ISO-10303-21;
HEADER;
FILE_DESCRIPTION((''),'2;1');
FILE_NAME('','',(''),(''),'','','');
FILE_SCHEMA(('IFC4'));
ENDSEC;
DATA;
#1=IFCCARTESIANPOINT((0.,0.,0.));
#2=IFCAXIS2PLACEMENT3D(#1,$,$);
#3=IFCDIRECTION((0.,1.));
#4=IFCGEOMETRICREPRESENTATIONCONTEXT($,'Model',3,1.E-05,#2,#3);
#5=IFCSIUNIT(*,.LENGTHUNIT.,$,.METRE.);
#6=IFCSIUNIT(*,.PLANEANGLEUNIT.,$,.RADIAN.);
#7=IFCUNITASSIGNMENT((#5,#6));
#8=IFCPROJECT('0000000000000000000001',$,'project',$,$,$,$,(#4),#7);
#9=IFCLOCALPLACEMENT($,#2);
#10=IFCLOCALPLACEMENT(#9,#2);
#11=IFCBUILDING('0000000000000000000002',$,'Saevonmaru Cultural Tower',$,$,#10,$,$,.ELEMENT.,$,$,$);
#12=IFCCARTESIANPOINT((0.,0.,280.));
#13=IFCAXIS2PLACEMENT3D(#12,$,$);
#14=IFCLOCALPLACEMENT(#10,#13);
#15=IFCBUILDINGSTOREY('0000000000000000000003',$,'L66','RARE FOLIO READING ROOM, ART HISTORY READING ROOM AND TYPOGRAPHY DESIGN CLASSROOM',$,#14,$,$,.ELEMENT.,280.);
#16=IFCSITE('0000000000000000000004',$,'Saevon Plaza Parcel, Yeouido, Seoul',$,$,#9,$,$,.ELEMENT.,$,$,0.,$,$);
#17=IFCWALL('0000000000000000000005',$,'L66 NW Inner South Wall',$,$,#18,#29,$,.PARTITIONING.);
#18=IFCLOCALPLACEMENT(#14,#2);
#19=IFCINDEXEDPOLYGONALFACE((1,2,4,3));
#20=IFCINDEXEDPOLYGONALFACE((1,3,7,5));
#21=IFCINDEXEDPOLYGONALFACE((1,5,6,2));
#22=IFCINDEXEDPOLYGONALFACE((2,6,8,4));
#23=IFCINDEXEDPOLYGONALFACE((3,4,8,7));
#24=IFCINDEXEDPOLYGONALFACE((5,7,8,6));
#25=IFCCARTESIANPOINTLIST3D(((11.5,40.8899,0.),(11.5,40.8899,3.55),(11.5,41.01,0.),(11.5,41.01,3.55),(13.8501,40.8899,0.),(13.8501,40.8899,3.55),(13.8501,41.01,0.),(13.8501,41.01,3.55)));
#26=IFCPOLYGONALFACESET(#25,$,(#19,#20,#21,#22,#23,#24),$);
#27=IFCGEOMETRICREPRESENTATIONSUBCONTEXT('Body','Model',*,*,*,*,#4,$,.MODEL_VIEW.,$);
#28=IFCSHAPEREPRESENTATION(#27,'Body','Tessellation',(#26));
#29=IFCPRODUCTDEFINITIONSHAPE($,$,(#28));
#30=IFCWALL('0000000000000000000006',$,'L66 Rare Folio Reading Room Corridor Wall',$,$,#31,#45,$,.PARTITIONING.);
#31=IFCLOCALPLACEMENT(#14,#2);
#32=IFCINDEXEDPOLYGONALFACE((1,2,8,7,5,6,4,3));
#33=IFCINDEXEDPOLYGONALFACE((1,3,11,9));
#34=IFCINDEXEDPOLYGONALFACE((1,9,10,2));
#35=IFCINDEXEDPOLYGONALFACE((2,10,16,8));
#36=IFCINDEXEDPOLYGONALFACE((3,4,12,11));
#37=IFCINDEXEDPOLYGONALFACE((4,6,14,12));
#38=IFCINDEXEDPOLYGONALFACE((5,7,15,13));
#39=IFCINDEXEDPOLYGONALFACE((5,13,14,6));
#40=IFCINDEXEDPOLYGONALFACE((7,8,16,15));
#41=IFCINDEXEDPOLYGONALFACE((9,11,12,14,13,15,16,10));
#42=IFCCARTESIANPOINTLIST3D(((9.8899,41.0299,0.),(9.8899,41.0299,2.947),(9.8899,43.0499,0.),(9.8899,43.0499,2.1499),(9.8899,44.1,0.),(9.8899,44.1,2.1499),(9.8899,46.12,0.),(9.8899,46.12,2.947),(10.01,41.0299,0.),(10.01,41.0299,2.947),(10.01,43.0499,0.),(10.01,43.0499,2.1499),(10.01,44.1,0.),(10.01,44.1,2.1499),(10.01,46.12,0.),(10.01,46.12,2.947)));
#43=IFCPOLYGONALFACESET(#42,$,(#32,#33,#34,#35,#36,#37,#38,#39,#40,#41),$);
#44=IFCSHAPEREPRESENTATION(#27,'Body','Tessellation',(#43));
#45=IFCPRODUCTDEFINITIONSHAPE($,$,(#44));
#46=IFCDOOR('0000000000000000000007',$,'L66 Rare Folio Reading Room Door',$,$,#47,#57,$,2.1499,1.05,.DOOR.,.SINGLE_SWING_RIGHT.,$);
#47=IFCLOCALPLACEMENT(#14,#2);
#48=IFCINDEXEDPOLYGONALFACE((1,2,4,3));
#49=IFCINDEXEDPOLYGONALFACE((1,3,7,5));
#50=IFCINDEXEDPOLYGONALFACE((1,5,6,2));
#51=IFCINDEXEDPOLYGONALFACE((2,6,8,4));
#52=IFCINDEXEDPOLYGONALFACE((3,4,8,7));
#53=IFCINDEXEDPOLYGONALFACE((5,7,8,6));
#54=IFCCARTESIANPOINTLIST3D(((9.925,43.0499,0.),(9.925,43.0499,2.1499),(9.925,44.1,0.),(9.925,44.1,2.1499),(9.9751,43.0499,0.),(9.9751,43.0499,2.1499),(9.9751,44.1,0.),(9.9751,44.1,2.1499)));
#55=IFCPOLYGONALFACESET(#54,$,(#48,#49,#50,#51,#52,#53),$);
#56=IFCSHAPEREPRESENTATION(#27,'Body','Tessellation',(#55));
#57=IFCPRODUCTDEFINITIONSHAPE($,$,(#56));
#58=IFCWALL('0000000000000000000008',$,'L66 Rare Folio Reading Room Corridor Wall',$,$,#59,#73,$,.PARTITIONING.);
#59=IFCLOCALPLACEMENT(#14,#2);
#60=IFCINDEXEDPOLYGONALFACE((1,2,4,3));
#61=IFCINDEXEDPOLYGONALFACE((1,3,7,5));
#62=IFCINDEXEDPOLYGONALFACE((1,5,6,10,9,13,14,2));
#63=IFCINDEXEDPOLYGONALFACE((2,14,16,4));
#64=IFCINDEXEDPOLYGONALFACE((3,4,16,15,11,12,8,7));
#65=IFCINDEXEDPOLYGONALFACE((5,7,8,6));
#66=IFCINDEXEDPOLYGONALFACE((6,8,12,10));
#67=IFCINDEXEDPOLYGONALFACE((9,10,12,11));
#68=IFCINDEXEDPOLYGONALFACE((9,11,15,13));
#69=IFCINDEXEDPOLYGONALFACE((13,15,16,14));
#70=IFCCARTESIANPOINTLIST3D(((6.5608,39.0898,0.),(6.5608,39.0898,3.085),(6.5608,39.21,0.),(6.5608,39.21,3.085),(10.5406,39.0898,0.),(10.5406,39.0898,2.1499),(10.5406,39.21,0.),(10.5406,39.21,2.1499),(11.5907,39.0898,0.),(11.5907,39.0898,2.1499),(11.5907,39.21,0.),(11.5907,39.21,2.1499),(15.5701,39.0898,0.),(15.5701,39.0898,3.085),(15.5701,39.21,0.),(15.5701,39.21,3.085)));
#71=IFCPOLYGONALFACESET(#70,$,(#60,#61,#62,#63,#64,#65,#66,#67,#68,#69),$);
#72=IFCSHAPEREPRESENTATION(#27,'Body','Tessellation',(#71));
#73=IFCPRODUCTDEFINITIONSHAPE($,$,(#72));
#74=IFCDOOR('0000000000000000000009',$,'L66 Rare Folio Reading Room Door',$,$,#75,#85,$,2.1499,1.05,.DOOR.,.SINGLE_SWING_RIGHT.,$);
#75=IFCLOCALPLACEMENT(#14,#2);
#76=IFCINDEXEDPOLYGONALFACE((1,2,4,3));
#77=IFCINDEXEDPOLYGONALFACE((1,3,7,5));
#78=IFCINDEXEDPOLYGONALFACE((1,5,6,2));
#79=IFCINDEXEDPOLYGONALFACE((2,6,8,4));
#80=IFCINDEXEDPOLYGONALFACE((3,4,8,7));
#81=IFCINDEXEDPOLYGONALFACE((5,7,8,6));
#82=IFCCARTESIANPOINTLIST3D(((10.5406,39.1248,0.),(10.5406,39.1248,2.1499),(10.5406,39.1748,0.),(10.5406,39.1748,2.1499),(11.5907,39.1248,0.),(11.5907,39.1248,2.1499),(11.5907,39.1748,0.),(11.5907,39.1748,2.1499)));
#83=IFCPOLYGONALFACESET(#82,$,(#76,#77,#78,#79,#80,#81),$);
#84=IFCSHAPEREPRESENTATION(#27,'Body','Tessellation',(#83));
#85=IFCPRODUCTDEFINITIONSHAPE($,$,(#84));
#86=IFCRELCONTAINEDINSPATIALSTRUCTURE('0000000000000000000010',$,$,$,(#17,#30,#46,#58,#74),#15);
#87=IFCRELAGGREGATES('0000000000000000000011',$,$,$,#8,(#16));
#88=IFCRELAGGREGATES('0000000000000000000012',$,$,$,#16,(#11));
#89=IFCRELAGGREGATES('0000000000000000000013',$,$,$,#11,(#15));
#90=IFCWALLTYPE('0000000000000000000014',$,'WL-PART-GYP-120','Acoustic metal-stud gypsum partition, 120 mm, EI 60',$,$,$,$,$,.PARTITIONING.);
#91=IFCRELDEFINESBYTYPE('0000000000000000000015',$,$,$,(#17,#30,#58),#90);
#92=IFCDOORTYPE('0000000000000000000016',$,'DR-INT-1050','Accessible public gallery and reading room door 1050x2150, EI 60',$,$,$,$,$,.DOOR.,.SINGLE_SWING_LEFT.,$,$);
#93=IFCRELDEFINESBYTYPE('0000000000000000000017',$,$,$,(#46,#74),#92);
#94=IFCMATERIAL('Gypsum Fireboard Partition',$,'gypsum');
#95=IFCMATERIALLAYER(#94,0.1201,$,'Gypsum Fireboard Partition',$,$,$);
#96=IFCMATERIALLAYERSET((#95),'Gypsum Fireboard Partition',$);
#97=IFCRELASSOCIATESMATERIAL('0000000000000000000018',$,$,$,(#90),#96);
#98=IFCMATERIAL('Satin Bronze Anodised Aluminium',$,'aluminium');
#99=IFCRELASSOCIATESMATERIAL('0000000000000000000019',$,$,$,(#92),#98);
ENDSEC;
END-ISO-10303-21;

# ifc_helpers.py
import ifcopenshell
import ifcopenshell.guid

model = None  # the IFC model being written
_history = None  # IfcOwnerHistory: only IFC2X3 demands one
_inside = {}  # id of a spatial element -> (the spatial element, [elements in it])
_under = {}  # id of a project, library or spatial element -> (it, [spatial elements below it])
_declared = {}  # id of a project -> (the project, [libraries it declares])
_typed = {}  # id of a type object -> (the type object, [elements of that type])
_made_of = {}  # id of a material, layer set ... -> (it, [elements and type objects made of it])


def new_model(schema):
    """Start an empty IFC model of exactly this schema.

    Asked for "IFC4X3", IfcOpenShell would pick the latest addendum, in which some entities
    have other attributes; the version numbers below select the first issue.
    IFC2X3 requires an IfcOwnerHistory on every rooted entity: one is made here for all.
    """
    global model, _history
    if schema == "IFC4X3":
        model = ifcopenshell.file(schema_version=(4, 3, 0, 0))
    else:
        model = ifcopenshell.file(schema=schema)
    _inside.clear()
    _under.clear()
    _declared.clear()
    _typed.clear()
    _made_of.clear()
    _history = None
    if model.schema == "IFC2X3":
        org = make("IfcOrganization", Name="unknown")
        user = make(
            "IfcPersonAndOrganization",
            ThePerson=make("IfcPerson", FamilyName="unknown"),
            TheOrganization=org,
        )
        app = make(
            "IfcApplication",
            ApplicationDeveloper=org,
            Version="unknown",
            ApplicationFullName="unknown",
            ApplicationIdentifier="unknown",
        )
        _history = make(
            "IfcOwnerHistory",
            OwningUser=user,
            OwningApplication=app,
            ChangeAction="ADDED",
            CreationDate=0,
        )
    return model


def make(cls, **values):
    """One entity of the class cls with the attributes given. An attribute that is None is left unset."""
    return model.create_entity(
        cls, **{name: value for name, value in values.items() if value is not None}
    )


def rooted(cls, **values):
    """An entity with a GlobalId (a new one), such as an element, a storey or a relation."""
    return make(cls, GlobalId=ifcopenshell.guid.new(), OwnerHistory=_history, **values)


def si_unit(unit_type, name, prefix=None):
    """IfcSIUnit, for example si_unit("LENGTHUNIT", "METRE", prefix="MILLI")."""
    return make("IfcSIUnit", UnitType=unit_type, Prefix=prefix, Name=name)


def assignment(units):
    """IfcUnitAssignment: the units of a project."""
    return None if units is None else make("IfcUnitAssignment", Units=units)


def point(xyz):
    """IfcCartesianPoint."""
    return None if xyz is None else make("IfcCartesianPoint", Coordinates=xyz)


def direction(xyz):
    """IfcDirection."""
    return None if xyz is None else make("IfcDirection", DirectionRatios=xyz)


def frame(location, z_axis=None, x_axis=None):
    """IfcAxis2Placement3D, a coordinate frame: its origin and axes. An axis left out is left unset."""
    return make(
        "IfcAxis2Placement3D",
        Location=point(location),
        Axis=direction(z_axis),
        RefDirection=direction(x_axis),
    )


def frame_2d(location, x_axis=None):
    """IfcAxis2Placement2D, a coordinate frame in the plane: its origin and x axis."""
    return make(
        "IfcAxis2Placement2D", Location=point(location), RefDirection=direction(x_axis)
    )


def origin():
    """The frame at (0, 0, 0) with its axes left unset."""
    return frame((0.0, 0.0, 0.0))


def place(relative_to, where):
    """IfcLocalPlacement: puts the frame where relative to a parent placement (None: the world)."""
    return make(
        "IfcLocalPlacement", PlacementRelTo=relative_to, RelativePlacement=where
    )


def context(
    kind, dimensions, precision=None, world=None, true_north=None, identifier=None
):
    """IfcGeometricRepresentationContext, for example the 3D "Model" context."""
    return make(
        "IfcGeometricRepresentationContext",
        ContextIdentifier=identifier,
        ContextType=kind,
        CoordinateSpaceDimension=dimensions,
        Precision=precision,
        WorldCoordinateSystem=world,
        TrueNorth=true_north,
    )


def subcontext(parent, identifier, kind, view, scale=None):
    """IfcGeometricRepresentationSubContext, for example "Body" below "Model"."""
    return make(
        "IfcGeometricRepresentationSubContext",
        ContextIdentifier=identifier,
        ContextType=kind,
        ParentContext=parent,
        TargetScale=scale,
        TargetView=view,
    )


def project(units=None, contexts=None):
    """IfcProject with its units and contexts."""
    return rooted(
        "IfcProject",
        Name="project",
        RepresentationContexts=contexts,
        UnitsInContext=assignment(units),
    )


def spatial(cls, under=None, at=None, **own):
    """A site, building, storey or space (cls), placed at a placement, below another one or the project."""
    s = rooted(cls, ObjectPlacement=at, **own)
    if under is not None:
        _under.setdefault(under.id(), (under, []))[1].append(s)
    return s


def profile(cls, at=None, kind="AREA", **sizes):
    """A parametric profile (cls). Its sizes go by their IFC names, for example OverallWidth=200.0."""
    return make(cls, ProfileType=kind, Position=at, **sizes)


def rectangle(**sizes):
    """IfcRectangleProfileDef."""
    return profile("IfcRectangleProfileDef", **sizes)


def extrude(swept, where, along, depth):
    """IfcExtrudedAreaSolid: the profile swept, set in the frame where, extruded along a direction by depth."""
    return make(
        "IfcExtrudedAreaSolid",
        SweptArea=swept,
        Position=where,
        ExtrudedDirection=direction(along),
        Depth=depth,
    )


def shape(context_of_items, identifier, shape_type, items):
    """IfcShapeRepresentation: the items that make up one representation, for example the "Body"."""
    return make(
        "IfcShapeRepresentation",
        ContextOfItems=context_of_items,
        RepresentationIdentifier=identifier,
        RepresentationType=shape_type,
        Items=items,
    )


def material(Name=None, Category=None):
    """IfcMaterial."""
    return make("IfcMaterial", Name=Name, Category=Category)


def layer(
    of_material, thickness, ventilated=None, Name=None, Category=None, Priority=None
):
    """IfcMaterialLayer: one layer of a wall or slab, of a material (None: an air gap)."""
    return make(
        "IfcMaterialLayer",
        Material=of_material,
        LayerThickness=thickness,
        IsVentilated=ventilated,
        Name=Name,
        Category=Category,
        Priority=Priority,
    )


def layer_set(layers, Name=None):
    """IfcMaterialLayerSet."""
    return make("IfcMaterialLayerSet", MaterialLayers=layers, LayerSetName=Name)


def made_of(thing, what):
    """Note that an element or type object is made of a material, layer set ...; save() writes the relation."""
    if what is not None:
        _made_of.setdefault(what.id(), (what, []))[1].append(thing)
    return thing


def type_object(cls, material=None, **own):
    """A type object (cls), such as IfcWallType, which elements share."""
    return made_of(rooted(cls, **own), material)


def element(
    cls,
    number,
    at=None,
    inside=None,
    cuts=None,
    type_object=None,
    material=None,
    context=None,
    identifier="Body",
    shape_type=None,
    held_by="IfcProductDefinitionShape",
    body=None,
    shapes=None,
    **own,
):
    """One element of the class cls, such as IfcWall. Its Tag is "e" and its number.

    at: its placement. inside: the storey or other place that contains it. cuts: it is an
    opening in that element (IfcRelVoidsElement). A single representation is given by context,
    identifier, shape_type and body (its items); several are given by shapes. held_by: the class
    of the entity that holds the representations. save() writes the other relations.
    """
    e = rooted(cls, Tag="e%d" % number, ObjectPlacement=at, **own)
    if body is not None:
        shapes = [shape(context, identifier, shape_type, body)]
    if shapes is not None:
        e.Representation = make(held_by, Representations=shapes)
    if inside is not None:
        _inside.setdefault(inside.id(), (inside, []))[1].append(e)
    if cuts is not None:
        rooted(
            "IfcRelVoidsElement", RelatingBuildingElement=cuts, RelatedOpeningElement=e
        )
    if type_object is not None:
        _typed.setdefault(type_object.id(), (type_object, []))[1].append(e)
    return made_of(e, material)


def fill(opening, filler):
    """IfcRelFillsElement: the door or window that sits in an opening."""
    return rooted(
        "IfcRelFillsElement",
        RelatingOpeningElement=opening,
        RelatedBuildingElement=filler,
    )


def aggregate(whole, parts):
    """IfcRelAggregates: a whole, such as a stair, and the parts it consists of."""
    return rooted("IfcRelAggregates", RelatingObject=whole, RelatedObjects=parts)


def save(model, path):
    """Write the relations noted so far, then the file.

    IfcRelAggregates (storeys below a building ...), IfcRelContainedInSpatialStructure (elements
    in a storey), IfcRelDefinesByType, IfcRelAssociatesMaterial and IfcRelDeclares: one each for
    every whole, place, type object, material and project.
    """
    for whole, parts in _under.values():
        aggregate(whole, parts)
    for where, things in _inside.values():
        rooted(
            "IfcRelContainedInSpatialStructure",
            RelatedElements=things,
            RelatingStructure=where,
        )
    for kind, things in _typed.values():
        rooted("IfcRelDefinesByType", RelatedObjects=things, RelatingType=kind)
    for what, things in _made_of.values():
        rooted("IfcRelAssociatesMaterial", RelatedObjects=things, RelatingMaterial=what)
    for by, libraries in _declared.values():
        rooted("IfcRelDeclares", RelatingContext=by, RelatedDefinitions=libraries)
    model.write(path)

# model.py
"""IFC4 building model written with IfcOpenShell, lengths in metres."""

from ifc_helpers import new_model, si_unit, direction, frame, frame_2d, origin, place, context, subcontext, project, spatial, rectangle, extrude, material, layer, layer_set, type_object, element, fill, save


model = new_model("IFC4")

# Units and contexts
model_context = context("Model", 3, precision=1e-05, world=origin(), true_north=direction((0.0, 1.0)))
body_context = subcontext(model_context, "Body", "Model", "MODEL_VIEW")
ifc_project = project(units=[si_unit("LENGTHUNIT", "METRE"), si_unit("PLANEANGLEUNIT", "RADIAN")], contexts=[model_context])

# Site, building, storey
site_placement = place(None, origin())
site = spatial("IfcSite", under=ifc_project, at=site_placement, Name="Saevon Plaza Parcel, Yeouido, Seoul", CompositionType="ELEMENT", RefElevation=0.0)
building_placement = place(site_placement, origin())
building = spatial("IfcBuilding", under=site, at=building_placement, Name="Saevonmaru Cultural Tower", CompositionType="ELEMENT")
storey_placement = place(building_placement, frame((0.0, 0.0, 280.0)))
storey = spatial("IfcBuildingStorey", under=building, at=storey_placement, Name="L66", Description="RARE FOLIO READING ROOM, ART HISTORY READING ROOM AND TYPOGRAPHY DESIGN CLASSROOM", CompositionType="ELEMENT", Elevation=280.0)

# Shared definitions
ifc_material_1 = material(Name="Satin Bronze Anodised Aluminium", Category="aluminium")

# Wall
ifc_material_2 = material(Name="Gypsum Fireboard Partition", Category="gypsum")
ifc_layer_1 = layer(ifc_material_2, 0.1201, Name="Gypsum Fireboard Partition")
ifc_layer_set_1 = layer_set([ifc_layer_1], Name="Gypsum Fireboard Partition")
wall_type = type_object("IfcWallType", Name="WL-PART-GYP-120", Description="Acoustic metal-stud gypsum partition, 120 mm, EI 60", PredefinedType="PARTITIONING", material=ifc_layer_set_1)
wall_1_placement = place(storey_placement, frame((11.5, 40.95, 0.0), z_axis=(0.0, 0.0, 1.0), x_axis=(1.0, 0.0, 0.0)))
element("IfcWall", 1, at=wall_1_placement, inside=storey, type_object=wall_type, Name="L66 NW Inner South Wall", PredefinedType="PARTITIONING", context=body_context, shape_type="SweptSolid", body=[
    extrude(rectangle(XDim=2.3501, YDim=0.1201, at=frame_2d((1.175, 0.0))), origin(), (0.0, 0.0, 1.0), 3.55),
])

# Walls, openings, doors
wall_2_placement = place(storey_placement, frame((9.95, 41.03, 0.0), z_axis=(0.0, 0.0, 1.0), x_axis=(0.0, 1.0, 0.0)))
wall_2 = element("IfcWall", 2, at=wall_2_placement, inside=storey, type_object=wall_type, Name="L66 Rare Folio Reading Room Corridor Wall", PredefinedType="PARTITIONING", context=body_context, shape_type="SweptSolid", body=[
    extrude(rectangle(XDim=5.0901, YDim=0.1201, at=frame_2d((2.5449, 0.0))), origin(), (0.0, 0.0, 1.0), 2.947),
])
opening_1_placement = place(wall_2_placement, frame((2.02, 0.0, 0.0)))
opening_1 = element("IfcOpeningElement", 3, at=opening_1_placement, cuts=wall_2, PredefinedType="OPENING", context=body_context, shape_type="SweptSolid", body=[
    extrude(rectangle(XDim=1.05, YDim=2.1499, at=frame_2d((0.5249, 1.075))), frame((0.0, 0.0701, 0.0), z_axis=(0.0, -1.0, 0.0), x_axis=(1.0, 0.0, 0.0)), (0.0, 0.0, 1.0), 0.1401),
])
door_type = type_object("IfcDoorType", Name="DR-INT-1050", Description="Accessible public gallery and reading room door 1050x2150, EI 60", OperationType="SINGLE_SWING_LEFT", PredefinedType="DOOR", material=ifc_material_1)
door_1_placement = place(opening_1_placement, origin())
door_1 = element("IfcDoor", 4, at=door_1_placement, inside=storey, type_object=door_type, Name="L66 Rare Folio Reading Room Door", OperationType="SINGLE_SWING_RIGHT", OverallHeight=2.1499, OverallWidth=1.05, PredefinedType="DOOR", context=body_context, shape_type="SweptSolid", body=[
    extrude(rectangle(XDim=1.05, YDim=2.1499, at=frame_2d((0.5249, 1.075))), frame((0.0, 0.0249, 0.0), z_axis=(0.0, -1.0, 0.0), x_axis=(1.0, 0.0, 0.0)), (0.0, 0.0, 1.0), 0.05),
])
fill(opening_1, door_1)
wall_3_placement = place(storey_placement, frame((6.5608, 39.1499, 0.0), z_axis=(0.0, 0.0, 1.0), x_axis=(1.0, 0.0, 0.0)))
wall_3 = element("IfcWall", 5, at=wall_3_placement, inside=storey, type_object=wall_type, Name="L66 Rare Folio Reading Room Corridor Wall", PredefinedType="PARTITIONING", context=body_context, shape_type="SweptSolid", body=[
    extrude(rectangle(XDim=9.0093, YDim=0.1201, at=frame_2d((4.5046, 0.0))), origin(), (0.0, 0.0, 1.0), 3.085),
])
opening_2_placement = place(wall_3_placement, frame((3.98, 0.0, 0.0)))
opening_2 = element("IfcOpeningElement", 6, at=opening_2_placement, cuts=wall_3, PredefinedType="OPENING", context=body_context, shape_type="SweptSolid", body=[
    extrude(rectangle(XDim=1.05, YDim=2.1499, at=frame_2d((0.5249, 1.075))), frame((0.0, 0.0701, 0.0), z_axis=(0.0, -1.0, 0.0), x_axis=(1.0, 0.0, 0.0)), (0.0, 0.0, 1.0), 0.1401),
])
door_2_placement = place(opening_2_placement, origin())
door_2 = element("IfcDoor", 7, at=door_2_placement, inside=storey, type_object=door_type, Name="L66 Rare Folio Reading Room Door", OperationType="SINGLE_SWING_RIGHT", OverallHeight=2.1499, OverallWidth=1.05, PredefinedType="DOOR", context=body_context, shape_type="SweptSolid", body=[
    extrude(rectangle(XDim=1.05, YDim=2.1499, at=frame_2d((0.5249, 1.075))), frame((0.0, 0.0249, 0.0), z_axis=(0.0, -1.0, 0.0), x_axis=(1.0, 0.0, 0.0)), (0.0, 0.0, 1.0), 0.05),
])
fill(opening_2, door_2)

save(model, "model.ifc")
